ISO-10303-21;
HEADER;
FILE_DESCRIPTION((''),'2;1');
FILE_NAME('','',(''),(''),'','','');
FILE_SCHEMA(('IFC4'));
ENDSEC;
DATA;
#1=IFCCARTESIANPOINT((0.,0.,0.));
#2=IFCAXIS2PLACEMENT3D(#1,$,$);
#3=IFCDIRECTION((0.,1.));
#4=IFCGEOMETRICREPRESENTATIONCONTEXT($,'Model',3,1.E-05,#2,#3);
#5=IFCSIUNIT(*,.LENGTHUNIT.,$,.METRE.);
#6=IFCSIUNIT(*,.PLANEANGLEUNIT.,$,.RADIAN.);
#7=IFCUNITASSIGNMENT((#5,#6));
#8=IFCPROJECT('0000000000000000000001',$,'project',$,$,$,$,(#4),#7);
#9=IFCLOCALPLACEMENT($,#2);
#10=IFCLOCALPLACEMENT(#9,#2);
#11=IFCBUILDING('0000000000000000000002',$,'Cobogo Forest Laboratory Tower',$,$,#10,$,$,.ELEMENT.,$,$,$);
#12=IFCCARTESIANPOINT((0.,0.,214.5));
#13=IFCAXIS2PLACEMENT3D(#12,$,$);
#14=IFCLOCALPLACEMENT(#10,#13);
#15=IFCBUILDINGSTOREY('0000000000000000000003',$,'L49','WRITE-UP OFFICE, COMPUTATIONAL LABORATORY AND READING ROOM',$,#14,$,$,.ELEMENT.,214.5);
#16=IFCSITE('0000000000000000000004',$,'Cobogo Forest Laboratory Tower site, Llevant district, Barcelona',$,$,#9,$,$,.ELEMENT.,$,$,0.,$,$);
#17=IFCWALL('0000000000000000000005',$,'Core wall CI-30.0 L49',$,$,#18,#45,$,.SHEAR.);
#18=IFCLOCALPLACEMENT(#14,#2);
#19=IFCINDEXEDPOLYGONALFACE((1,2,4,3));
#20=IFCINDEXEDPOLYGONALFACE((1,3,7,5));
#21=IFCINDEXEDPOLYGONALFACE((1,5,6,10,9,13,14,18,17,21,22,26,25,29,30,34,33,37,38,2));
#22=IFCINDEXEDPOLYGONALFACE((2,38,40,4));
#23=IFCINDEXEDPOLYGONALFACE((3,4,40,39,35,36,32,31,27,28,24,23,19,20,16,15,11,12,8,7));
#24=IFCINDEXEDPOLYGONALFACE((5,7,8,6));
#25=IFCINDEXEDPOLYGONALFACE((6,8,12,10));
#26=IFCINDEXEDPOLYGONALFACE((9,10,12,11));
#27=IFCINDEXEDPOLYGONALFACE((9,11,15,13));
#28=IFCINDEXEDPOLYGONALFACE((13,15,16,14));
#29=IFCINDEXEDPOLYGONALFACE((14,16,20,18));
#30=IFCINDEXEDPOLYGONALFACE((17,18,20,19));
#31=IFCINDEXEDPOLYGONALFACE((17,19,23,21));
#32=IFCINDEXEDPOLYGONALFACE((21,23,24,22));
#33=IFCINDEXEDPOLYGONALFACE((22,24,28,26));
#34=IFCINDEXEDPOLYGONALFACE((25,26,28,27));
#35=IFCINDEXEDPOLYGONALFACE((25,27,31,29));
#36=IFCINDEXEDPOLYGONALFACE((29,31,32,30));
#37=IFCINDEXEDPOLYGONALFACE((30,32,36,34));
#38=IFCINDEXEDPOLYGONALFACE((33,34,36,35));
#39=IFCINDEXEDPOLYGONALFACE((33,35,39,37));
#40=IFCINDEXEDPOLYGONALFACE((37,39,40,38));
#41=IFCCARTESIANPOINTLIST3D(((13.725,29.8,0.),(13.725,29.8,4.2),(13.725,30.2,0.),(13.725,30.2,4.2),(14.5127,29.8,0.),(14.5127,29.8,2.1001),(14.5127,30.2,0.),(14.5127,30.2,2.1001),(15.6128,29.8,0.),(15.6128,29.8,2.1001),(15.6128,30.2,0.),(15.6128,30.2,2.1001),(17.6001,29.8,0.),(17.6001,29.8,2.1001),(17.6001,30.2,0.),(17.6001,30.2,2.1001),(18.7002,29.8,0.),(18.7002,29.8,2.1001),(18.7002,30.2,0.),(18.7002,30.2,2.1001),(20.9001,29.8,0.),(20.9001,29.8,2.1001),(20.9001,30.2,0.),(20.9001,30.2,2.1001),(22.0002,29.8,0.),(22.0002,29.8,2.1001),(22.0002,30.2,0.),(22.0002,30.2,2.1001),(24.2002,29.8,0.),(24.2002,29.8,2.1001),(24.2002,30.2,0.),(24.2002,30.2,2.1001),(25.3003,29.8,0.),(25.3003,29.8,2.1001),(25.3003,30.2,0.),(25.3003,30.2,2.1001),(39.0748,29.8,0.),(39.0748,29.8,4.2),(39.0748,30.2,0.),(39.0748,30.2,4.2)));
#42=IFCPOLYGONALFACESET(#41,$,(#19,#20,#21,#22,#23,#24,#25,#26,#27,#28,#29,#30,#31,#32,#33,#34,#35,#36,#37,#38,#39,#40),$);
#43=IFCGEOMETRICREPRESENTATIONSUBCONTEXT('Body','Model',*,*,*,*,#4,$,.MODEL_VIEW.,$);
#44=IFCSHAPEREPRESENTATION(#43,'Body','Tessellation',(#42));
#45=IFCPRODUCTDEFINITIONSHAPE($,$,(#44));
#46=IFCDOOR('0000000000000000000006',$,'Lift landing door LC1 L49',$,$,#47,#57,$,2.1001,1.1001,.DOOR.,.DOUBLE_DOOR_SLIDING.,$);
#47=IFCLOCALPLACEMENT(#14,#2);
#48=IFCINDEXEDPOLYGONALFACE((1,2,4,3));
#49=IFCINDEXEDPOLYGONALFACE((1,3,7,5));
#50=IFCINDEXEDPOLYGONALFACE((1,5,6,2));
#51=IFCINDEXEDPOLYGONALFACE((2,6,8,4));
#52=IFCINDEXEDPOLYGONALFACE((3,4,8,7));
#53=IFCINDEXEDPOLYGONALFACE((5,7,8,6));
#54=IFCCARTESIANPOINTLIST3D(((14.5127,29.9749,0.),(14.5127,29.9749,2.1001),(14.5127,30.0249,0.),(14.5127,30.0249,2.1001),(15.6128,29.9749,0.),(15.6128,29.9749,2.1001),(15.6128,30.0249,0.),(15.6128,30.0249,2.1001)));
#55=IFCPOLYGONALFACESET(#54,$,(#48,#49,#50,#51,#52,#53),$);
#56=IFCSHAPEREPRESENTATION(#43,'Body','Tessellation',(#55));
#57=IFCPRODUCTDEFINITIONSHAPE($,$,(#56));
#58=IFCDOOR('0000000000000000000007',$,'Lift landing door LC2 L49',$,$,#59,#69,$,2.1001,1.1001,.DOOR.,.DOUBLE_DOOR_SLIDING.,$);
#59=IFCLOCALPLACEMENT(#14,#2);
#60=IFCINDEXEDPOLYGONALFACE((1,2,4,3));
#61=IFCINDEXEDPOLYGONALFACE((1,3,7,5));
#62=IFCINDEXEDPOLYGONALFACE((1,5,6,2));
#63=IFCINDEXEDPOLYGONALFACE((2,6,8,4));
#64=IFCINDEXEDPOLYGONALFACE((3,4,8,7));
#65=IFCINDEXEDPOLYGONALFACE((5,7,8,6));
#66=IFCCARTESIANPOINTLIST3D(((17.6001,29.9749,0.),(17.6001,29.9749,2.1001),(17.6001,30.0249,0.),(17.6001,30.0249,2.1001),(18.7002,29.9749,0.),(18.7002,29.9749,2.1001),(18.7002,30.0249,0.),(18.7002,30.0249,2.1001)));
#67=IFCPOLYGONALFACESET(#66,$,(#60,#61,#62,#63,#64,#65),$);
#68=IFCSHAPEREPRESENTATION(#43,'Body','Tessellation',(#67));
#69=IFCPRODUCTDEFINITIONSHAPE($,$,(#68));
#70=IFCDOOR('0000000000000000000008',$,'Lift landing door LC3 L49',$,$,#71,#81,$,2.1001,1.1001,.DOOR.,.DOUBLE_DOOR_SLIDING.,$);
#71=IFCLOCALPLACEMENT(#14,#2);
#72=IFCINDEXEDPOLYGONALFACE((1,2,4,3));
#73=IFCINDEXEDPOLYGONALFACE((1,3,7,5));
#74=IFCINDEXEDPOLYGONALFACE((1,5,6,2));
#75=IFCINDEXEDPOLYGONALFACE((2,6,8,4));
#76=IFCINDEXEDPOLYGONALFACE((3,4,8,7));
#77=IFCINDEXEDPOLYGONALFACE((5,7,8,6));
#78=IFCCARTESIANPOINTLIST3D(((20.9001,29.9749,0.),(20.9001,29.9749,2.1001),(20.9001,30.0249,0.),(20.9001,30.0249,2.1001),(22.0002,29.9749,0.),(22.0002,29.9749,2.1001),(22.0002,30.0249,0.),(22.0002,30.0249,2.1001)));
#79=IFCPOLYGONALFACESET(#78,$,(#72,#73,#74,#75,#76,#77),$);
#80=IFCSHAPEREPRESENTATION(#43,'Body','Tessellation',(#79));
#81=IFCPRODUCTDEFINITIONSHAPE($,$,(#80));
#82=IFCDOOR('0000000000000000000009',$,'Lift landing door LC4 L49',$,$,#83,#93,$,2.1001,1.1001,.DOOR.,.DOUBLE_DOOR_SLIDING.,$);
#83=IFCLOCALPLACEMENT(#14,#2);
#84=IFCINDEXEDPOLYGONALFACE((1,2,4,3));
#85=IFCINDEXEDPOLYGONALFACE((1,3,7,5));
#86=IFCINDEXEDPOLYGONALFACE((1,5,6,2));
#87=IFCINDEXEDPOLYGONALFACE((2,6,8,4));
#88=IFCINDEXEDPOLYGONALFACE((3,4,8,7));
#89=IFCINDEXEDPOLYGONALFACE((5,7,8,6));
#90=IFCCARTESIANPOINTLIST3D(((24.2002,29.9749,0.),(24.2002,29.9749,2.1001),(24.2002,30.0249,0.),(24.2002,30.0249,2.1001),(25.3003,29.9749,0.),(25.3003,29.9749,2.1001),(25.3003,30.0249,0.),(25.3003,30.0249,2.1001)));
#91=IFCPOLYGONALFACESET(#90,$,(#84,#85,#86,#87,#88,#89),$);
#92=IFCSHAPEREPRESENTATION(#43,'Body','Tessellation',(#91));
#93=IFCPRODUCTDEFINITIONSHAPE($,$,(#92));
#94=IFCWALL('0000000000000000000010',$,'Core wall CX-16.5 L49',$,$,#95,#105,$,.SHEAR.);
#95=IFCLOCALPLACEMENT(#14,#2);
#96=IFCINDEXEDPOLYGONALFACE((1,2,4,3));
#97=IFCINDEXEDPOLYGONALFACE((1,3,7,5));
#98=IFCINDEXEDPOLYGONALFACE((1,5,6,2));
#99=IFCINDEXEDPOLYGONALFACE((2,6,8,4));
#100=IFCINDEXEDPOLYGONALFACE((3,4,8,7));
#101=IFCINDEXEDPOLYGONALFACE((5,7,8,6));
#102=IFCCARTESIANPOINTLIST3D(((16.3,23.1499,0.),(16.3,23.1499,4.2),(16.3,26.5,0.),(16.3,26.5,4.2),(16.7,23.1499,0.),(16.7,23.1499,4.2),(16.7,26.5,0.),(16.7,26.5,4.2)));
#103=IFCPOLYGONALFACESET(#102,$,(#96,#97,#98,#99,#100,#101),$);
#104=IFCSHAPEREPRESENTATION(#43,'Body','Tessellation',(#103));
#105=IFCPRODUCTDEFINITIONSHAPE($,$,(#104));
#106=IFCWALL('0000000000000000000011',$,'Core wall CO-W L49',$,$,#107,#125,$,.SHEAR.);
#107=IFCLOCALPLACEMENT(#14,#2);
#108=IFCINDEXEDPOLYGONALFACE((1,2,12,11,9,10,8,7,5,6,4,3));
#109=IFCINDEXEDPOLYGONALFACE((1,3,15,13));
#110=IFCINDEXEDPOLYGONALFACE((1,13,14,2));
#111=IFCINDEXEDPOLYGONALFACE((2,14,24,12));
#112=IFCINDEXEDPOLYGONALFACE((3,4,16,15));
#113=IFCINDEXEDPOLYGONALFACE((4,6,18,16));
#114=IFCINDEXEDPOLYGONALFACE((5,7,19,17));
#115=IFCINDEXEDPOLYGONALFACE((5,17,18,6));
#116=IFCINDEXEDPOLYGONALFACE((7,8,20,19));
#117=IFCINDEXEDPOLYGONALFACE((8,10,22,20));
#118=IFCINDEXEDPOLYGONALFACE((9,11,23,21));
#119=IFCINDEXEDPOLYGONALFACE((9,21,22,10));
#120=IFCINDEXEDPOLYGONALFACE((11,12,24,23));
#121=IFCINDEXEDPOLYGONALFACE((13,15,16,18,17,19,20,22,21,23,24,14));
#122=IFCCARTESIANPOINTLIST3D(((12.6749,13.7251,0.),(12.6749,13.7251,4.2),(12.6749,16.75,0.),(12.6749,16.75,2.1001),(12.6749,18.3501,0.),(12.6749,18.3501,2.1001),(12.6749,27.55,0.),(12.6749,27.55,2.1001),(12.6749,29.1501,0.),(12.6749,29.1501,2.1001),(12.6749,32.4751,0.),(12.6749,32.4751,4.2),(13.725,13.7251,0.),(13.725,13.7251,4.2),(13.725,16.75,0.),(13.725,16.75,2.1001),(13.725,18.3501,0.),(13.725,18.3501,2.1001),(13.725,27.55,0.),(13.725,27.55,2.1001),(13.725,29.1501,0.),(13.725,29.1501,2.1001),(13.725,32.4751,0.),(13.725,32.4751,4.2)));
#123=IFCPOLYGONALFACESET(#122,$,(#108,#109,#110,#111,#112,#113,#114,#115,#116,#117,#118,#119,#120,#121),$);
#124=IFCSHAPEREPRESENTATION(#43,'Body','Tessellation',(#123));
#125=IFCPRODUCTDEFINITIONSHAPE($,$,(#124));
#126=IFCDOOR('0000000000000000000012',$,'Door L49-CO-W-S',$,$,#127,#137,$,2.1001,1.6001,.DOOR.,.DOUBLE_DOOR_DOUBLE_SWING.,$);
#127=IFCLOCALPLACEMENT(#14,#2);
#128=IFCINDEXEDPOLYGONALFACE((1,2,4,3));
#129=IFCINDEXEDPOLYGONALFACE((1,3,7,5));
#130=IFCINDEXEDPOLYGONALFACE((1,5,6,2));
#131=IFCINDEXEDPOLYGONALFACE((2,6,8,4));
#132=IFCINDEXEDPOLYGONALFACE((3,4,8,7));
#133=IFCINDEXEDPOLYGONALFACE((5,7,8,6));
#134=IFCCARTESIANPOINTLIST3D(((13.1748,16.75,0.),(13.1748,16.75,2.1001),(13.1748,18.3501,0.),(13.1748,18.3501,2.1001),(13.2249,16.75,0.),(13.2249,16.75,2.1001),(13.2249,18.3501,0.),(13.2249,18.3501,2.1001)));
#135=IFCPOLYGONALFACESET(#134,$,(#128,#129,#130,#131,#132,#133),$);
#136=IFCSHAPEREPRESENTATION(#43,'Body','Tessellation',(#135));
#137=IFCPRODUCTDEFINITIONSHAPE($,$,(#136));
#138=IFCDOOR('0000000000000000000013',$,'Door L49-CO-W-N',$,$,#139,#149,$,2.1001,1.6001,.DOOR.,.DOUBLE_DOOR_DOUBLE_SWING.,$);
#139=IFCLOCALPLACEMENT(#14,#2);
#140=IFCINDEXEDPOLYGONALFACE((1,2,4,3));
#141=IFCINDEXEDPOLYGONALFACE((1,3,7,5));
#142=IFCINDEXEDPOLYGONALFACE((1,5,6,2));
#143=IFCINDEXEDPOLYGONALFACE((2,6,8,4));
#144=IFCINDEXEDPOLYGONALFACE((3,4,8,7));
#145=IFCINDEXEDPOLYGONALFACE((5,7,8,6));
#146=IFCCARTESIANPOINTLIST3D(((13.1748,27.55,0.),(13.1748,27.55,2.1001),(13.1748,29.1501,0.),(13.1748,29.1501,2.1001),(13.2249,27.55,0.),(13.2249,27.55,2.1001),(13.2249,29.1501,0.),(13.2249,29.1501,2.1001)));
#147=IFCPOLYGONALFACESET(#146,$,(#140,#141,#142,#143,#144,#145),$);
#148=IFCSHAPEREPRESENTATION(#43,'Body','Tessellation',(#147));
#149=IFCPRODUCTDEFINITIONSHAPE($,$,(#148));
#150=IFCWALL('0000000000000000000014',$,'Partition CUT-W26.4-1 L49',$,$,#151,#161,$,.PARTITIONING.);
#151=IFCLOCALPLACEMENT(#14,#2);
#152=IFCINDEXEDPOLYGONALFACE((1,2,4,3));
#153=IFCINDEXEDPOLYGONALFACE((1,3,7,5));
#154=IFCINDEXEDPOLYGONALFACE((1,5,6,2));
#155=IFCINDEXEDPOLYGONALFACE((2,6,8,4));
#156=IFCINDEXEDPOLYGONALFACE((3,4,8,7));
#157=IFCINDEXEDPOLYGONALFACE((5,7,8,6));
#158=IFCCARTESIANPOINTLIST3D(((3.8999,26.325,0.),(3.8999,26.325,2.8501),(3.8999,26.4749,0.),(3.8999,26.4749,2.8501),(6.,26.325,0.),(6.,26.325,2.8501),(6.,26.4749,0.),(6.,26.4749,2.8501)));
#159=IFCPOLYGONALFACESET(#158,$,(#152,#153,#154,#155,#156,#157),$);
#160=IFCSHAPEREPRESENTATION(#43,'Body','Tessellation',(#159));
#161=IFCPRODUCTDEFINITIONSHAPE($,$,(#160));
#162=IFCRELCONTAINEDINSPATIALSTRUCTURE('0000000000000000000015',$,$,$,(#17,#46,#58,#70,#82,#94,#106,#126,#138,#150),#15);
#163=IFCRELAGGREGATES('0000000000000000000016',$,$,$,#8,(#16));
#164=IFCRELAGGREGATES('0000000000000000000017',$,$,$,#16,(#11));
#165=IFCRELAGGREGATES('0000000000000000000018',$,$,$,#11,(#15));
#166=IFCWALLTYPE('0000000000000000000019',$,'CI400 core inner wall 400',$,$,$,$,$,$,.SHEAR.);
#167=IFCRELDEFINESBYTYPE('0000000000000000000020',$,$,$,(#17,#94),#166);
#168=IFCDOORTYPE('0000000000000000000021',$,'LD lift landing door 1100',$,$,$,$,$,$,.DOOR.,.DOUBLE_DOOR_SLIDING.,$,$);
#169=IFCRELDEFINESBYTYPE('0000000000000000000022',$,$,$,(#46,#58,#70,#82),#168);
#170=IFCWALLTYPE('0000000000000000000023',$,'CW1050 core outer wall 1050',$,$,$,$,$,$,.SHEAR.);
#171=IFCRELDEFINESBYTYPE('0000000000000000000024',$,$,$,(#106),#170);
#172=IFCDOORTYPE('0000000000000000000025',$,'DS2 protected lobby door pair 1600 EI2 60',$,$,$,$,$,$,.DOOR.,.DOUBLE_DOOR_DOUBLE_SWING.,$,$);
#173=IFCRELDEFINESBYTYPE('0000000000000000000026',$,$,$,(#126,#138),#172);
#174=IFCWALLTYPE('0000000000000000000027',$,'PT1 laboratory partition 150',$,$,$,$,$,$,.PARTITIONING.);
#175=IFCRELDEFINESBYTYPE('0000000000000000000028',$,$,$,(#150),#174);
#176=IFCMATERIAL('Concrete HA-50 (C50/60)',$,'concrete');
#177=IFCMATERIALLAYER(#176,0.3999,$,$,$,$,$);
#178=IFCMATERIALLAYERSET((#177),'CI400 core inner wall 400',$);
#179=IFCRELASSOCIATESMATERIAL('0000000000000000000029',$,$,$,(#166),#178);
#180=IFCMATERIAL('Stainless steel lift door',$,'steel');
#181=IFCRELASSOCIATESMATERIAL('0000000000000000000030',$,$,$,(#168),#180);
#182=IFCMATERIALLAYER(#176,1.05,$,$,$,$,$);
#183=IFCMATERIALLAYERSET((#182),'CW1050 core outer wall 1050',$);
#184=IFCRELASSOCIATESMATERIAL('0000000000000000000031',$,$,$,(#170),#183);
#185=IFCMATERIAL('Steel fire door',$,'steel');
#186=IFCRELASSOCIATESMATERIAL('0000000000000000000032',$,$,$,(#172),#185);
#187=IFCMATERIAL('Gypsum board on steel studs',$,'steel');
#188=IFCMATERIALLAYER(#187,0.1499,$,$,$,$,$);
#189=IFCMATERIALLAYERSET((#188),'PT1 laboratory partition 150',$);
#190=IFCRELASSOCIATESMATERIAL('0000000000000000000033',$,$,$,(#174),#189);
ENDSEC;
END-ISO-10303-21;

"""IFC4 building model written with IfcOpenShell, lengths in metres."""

from ifc_helpers import new_model, si_unit, direction, frame, frame_2d, origin, place, context, subcontext, project, spatial, rectangle, extrude, material, layer, layer_set, type_object, element, fill, save


model = new_model("IFC4")

# Units and contexts
model_context = context("Model", 3, precision=1e-05, world=origin(), true_north=direction((0.0, 1.0)))
body_context = subcontext(model_context, "Body", "Model", "MODEL_VIEW")
ifc_project = project(units=[si_unit("LENGTHUNIT", "METRE"), si_unit("PLANEANGLEUNIT", "RADIAN")], contexts=[model_context])

# Site, building, storey
site_placement = place(None, origin())
site = spatial("IfcSite", under=ifc_project, at=site_placement, Name="Cobogo Forest Laboratory Tower site, Llevant district, Barcelona", CompositionType="ELEMENT", RefElevation=0.0)
building_placement = place(site_placement, origin())
building = spatial("IfcBuilding", under=site, at=building_placement, Name="Cobogo Forest Laboratory Tower", CompositionType="ELEMENT")
storey_placement = place(building_placement, frame((0.0, 0.0, 214.5)))
storey = spatial("IfcBuildingStorey", under=building, at=storey_placement, Name="L49", Description="WRITE-UP OFFICE, COMPUTATIONAL LABORATORY AND READING ROOM", CompositionType="ELEMENT", Elevation=214.5)

# Shared definitions
ifc_material_1 = material(Name="Concrete HA-50 (C50/60)", Category="concrete")

# Wall, openings, doors
ifc_layer_1 = layer(ifc_material_1, 0.3999)
ifc_layer_set_1 = layer_set([ifc_layer_1], Name="CI400 core inner wall 400")
wall_type_1 = type_object("IfcWallType", Name="CI400 core inner wall 400", PredefinedType="SHEAR", material=ifc_layer_set_1)
ifc_material_2 = material(Name="Steel fire door", Category="steel")
ifc_material_3 = material(Name="Stainless steel lift door", Category="steel")
door_type_1 = type_object("IfcDoorType", Name="LD lift landing door 1100", OperationType="DOUBLE_DOOR_SLIDING", PredefinedType="DOOR", material=ifc_material_3)
wall_1_placement = place(storey_placement, frame((13.7251, 30.0, 0.0), z_axis=(0.0, 0.0, 1.0), x_axis=(1.0, 0.0, 0.0)))
wall_1 = element("IfcWall", 1, at=wall_1_placement, inside=storey, type_object=wall_type_1, Name="Core wall CI-30.0 L49", PredefinedType="SHEAR", context=body_context, shape_type="SweptSolid", body=[
    extrude(rectangle(XDim=25.3499, YDim=0.3999, at=frame_2d((12.6748, 0.0))), origin(), (0.0, 0.0, 1.0), 4.2),
])
opening_1_placement = place(wall_1_placement, frame((0.7876, 0.0, 0.0)))
opening_1 = element("IfcOpeningElement", 2, at=opening_1_placement, cuts=wall_1, PredefinedType="OPENING", context=body_context, shape_type="SweptSolid", body=[
    extrude(rectangle(XDim=1.1001, YDim=2.1001, at=frame_2d((0.55, 1.05))), frame((0.0, 0.21, 0.0), z_axis=(0.0, -1.0, 0.0), x_axis=(1.0, 0.0, 0.0)), (0.0, 0.0, 1.0), 0.4199),
])
opening_2_placement = place(wall_1_placement, frame((3.875, 0.0, 0.0)))
opening_2 = element("IfcOpeningElement", 3, at=opening_2_placement, cuts=wall_1, PredefinedType="OPENING", context=body_context, shape_type="SweptSolid", body=[
    extrude(rectangle(XDim=1.1001, YDim=2.1001, at=frame_2d((0.55, 1.05))), frame((0.0, 0.21, 0.0), z_axis=(0.0, -1.0, 0.0), x_axis=(1.0, 0.0, 0.0)), (0.0, 0.0, 1.0), 0.4199),
])
opening_3_placement = place(wall_1_placement, frame((7.175, 0.0, 0.0)))
opening_3 = element("IfcOpeningElement", 4, at=opening_3_placement, cuts=wall_1, PredefinedType="OPENING", context=body_context, shape_type="SweptSolid", body=[
    extrude(rectangle(XDim=1.1001, YDim=2.1001, at=frame_2d((0.55, 1.05))), frame((0.0, 0.21, 0.0), z_axis=(0.0, -1.0, 0.0), x_axis=(1.0, 0.0, 0.0)), (0.0, 0.0, 1.0), 0.4199),
])
opening_4_placement = place(wall_1_placement, frame((10.4751, 0.0, 0.0)))
opening_4 = element("IfcOpeningElement", 5, at=opening_4_placement, cuts=wall_1, PredefinedType="OPENING", context=body_context, shape_type="SweptSolid", body=[
    extrude(rectangle(XDim=1.1001, YDim=2.1001, at=frame_2d((0.55, 1.05))), frame((0.0, 0.21, 0.0), z_axis=(0.0, -1.0, 0.0), x_axis=(1.0, 0.0, 0.0)), (0.0, 0.0, 1.0), 0.4199),
])
door_1_placement = place(opening_1_placement, origin())
door_1 = element("IfcDoor", 6, at=door_1_placement, inside=storey, type_object=door_type_1, Name="Lift landing door LC1 L49", OperationType="DOUBLE_DOOR_SLIDING", OverallHeight=2.1001, OverallWidth=1.1001, PredefinedType="DOOR", context=body_context, shape_type="SweptSolid", body=[
    extrude(rectangle(XDim=1.1001, YDim=2.1001, at=frame_2d((0.55, 1.05))), frame((0.0, 0.0249, 0.0), z_axis=(0.0, -1.0, 0.0), x_axis=(1.0, 0.0, 0.0)), (0.0, 0.0, 1.0), 0.05),
])
fill(opening_1, door_1)
door_2_placement = place(opening_2_placement, origin())
door_2 = element("IfcDoor", 7, at=door_2_placement, inside=storey, type_object=door_type_1, Name="Lift landing door LC2 L49", OperationType="DOUBLE_DOOR_SLIDING", OverallHeight=2.1001, OverallWidth=1.1001, PredefinedType="DOOR", context=body_context, shape_type="SweptSolid", body=[
    extrude(rectangle(XDim=1.1001, YDim=2.1001, at=frame_2d((0.55, 1.05))), frame((0.0, 0.0249, 0.0), z_axis=(0.0, -1.0, 0.0), x_axis=(1.0, 0.0, 0.0)), (0.0, 0.0, 1.0), 0.05),
])
fill(opening_2, door_2)
door_3_placement = place(opening_3_placement, origin())
door_3 = element("IfcDoor", 8, at=door_3_placement, inside=storey, type_object=door_type_1, Name="Lift landing door LC3 L49", OperationType="DOUBLE_DOOR_SLIDING", OverallHeight=2.1001, OverallWidth=1.1001, PredefinedType="DOOR", context=body_context, shape_type="SweptSolid", body=[
    extrude(rectangle(XDim=1.1001, YDim=2.1001, at=frame_2d((0.55, 1.05))), frame((0.0, 0.0249, 0.0), z_axis=(0.0, -1.0, 0.0), x_axis=(1.0, 0.0, 0.0)), (0.0, 0.0, 1.0), 0.05),
])
fill(opening_3, door_3)
door_4_placement = place(opening_4_placement, origin())
door_4 = element("IfcDoor", 9, at=door_4_placement, inside=storey, type_object=door_type_1, Name="Lift landing door LC4 L49", OperationType="DOUBLE_DOOR_SLIDING", OverallHeight=2.1001, OverallWidth=1.1001, PredefinedType="DOOR", context=body_context, shape_type="SweptSolid", body=[
    extrude(rectangle(XDim=1.1001, YDim=2.1001, at=frame_2d((0.55, 1.05))), frame((0.0, 0.0249, 0.0), z_axis=(0.0, -1.0, 0.0), x_axis=(1.0, 0.0, 0.0)), (0.0, 0.0, 1.0), 0.05),
])
fill(opening_4, door_4)

# Wall
wall_2_placement = place(storey_placement, frame((16.5, 23.1499, 0.0), z_axis=(0.0, 0.0, 1.0), x_axis=(0.0, 1.0, 0.0)))
element("IfcWall", 10, at=wall_2_placement, inside=storey, type_object=wall_type_1, Name="Core wall CX-16.5 L49", PredefinedType="SHEAR", context=body_context, shape_type="SweptSolid", body=[
    extrude(rectangle(XDim=3.3501, YDim=0.3999, at=frame_2d((1.675, 0.0))), origin(), (0.0, 0.0, 1.0), 4.2),
])

# Wall, openings, doors
ifc_layer_2 = layer(ifc_material_1, 1.05)
ifc_layer_set_2 = layer_set([ifc_layer_2], Name="CW1050 core outer wall 1050")
wall_type_2 = type_object("IfcWallType", Name="CW1050 core outer wall 1050", PredefinedType="SHEAR", material=ifc_layer_set_2)
wall_3_placement = place(storey_placement, frame((13.2, 32.4751, 0.0), z_axis=(0.0, 0.0, 1.0), x_axis=(0.0, -1.0, 0.0)))
wall_3 = element("IfcWall", 11, at=wall_3_placement, inside=storey, type_object=wall_type_2, Name="Core wall CO-W L49", PredefinedType="SHEAR", context=body_context, shape_type="SweptSolid", body=[
    extrude(rectangle(XDim=18.75, YDim=1.05, at=frame_2d((9.375, 0.0))), origin(), (0.0, 0.0, 1.0), 4.2),
])
opening_5_placement = place(wall_3_placement, frame((14.125, 0.0, 0.0)))
opening_5 = element("IfcOpeningElement", 12, at=opening_5_placement, cuts=wall_3, PredefinedType="OPENING", context=body_context, shape_type="SweptSolid", body=[
    extrude(rectangle(XDim=1.6001, YDim=2.1001, at=frame_2d((0.8, 1.05))), frame((0.0, 0.5349, 0.0), z_axis=(0.0, -1.0, 0.0), x_axis=(1.0, 0.0, 0.0)), (0.0, 0.0, 1.0), 1.0701),
])
opening_6_placement = place(wall_3_placement, frame((3.325, 0.0, 0.0)))
opening_6 = element("IfcOpeningElement", 13, at=opening_6_placement, cuts=wall_3, PredefinedType="OPENING", context=body_context, shape_type="SweptSolid", body=[
    extrude(rectangle(XDim=1.6001, YDim=2.1001, at=frame_2d((0.8, 1.05))), frame((0.0, 0.5349, 0.0), z_axis=(0.0, -1.0, 0.0), x_axis=(1.0, 0.0, 0.0)), (0.0, 0.0, 1.0), 1.0701),
])
door_type_2 = type_object("IfcDoorType", Name="DS2 protected lobby door pair 1600 EI2 60", OperationType="DOUBLE_DOOR_DOUBLE_SWING", PredefinedType="DOOR", material=ifc_material_2)
door_5_placement = place(opening_5_placement, origin())
door_5 = element("IfcDoor", 14, at=door_5_placement, inside=storey, type_object=door_type_2, Name="Door L49-CO-W-S", OperationType="DOUBLE_DOOR_DOUBLE_SWING", OverallHeight=2.1001, OverallWidth=1.6001, PredefinedType="DOOR", context=body_context, shape_type="SweptSolid", body=[
    extrude(rectangle(XDim=1.6001, YDim=2.1001, at=frame_2d((0.8, 1.05))), frame((0.0, 0.0249, 0.0), z_axis=(0.0, -1.0, 0.0), x_axis=(1.0, 0.0, 0.0)), (0.0, 0.0, 1.0), 0.05),
])
fill(opening_5, door_5)
door_6_placement = place(opening_6_placement, origin())
door_6 = element("IfcDoor", 15, at=door_6_placement, inside=storey, type_object=door_type_2, Name="Door L49-CO-W-N", OperationType="DOUBLE_DOOR_DOUBLE_SWING", OverallHeight=2.1001, OverallWidth=1.6001, PredefinedType="DOOR", context=body_context, shape_type="SweptSolid", body=[
    extrude(rectangle(XDim=1.6001, YDim=2.1001, at=frame_2d((0.8, 1.05))), frame((0.0, 0.0249, 0.0), z_axis=(0.0, -1.0, 0.0), x_axis=(1.0, 0.0, 0.0)), (0.0, 0.0, 1.0), 0.05),
])
fill(opening_6, door_6)

# Wall
ifc_material_4 = material(Name="Gypsum board on steel studs", Category="steel")
ifc_layer_3 = layer(ifc_material_4, 0.1499)
ifc_layer_set_3 = layer_set([ifc_layer_3], Name="PT1 laboratory partition 150")
wall_type_3 = type_object("IfcWallType", Name="PT1 laboratory partition 150", PredefinedType="PARTITIONING", material=ifc_layer_set_3)
wall_4_placement = place(storey_placement, frame((3.8999, 26.3999, 0.0), z_axis=(0.0, 0.0, 1.0), x_axis=(1.0, 0.0, 0.0)))
element("IfcWall", 16, at=wall_4_placement, inside=storey, type_object=wall_type_3, Name="Partition CUT-W26.4-1 L49", PredefinedType="PARTITIONING", context=body_context, shape_type="SweptSolid", body=[
    extrude(rectangle(XDim=2.1001, YDim=0.1499, at=frame_2d((1.05, 0.0))), origin(), (0.0, 0.0, 1.0), 2.8501),
])

save(model, "model.ifc")
